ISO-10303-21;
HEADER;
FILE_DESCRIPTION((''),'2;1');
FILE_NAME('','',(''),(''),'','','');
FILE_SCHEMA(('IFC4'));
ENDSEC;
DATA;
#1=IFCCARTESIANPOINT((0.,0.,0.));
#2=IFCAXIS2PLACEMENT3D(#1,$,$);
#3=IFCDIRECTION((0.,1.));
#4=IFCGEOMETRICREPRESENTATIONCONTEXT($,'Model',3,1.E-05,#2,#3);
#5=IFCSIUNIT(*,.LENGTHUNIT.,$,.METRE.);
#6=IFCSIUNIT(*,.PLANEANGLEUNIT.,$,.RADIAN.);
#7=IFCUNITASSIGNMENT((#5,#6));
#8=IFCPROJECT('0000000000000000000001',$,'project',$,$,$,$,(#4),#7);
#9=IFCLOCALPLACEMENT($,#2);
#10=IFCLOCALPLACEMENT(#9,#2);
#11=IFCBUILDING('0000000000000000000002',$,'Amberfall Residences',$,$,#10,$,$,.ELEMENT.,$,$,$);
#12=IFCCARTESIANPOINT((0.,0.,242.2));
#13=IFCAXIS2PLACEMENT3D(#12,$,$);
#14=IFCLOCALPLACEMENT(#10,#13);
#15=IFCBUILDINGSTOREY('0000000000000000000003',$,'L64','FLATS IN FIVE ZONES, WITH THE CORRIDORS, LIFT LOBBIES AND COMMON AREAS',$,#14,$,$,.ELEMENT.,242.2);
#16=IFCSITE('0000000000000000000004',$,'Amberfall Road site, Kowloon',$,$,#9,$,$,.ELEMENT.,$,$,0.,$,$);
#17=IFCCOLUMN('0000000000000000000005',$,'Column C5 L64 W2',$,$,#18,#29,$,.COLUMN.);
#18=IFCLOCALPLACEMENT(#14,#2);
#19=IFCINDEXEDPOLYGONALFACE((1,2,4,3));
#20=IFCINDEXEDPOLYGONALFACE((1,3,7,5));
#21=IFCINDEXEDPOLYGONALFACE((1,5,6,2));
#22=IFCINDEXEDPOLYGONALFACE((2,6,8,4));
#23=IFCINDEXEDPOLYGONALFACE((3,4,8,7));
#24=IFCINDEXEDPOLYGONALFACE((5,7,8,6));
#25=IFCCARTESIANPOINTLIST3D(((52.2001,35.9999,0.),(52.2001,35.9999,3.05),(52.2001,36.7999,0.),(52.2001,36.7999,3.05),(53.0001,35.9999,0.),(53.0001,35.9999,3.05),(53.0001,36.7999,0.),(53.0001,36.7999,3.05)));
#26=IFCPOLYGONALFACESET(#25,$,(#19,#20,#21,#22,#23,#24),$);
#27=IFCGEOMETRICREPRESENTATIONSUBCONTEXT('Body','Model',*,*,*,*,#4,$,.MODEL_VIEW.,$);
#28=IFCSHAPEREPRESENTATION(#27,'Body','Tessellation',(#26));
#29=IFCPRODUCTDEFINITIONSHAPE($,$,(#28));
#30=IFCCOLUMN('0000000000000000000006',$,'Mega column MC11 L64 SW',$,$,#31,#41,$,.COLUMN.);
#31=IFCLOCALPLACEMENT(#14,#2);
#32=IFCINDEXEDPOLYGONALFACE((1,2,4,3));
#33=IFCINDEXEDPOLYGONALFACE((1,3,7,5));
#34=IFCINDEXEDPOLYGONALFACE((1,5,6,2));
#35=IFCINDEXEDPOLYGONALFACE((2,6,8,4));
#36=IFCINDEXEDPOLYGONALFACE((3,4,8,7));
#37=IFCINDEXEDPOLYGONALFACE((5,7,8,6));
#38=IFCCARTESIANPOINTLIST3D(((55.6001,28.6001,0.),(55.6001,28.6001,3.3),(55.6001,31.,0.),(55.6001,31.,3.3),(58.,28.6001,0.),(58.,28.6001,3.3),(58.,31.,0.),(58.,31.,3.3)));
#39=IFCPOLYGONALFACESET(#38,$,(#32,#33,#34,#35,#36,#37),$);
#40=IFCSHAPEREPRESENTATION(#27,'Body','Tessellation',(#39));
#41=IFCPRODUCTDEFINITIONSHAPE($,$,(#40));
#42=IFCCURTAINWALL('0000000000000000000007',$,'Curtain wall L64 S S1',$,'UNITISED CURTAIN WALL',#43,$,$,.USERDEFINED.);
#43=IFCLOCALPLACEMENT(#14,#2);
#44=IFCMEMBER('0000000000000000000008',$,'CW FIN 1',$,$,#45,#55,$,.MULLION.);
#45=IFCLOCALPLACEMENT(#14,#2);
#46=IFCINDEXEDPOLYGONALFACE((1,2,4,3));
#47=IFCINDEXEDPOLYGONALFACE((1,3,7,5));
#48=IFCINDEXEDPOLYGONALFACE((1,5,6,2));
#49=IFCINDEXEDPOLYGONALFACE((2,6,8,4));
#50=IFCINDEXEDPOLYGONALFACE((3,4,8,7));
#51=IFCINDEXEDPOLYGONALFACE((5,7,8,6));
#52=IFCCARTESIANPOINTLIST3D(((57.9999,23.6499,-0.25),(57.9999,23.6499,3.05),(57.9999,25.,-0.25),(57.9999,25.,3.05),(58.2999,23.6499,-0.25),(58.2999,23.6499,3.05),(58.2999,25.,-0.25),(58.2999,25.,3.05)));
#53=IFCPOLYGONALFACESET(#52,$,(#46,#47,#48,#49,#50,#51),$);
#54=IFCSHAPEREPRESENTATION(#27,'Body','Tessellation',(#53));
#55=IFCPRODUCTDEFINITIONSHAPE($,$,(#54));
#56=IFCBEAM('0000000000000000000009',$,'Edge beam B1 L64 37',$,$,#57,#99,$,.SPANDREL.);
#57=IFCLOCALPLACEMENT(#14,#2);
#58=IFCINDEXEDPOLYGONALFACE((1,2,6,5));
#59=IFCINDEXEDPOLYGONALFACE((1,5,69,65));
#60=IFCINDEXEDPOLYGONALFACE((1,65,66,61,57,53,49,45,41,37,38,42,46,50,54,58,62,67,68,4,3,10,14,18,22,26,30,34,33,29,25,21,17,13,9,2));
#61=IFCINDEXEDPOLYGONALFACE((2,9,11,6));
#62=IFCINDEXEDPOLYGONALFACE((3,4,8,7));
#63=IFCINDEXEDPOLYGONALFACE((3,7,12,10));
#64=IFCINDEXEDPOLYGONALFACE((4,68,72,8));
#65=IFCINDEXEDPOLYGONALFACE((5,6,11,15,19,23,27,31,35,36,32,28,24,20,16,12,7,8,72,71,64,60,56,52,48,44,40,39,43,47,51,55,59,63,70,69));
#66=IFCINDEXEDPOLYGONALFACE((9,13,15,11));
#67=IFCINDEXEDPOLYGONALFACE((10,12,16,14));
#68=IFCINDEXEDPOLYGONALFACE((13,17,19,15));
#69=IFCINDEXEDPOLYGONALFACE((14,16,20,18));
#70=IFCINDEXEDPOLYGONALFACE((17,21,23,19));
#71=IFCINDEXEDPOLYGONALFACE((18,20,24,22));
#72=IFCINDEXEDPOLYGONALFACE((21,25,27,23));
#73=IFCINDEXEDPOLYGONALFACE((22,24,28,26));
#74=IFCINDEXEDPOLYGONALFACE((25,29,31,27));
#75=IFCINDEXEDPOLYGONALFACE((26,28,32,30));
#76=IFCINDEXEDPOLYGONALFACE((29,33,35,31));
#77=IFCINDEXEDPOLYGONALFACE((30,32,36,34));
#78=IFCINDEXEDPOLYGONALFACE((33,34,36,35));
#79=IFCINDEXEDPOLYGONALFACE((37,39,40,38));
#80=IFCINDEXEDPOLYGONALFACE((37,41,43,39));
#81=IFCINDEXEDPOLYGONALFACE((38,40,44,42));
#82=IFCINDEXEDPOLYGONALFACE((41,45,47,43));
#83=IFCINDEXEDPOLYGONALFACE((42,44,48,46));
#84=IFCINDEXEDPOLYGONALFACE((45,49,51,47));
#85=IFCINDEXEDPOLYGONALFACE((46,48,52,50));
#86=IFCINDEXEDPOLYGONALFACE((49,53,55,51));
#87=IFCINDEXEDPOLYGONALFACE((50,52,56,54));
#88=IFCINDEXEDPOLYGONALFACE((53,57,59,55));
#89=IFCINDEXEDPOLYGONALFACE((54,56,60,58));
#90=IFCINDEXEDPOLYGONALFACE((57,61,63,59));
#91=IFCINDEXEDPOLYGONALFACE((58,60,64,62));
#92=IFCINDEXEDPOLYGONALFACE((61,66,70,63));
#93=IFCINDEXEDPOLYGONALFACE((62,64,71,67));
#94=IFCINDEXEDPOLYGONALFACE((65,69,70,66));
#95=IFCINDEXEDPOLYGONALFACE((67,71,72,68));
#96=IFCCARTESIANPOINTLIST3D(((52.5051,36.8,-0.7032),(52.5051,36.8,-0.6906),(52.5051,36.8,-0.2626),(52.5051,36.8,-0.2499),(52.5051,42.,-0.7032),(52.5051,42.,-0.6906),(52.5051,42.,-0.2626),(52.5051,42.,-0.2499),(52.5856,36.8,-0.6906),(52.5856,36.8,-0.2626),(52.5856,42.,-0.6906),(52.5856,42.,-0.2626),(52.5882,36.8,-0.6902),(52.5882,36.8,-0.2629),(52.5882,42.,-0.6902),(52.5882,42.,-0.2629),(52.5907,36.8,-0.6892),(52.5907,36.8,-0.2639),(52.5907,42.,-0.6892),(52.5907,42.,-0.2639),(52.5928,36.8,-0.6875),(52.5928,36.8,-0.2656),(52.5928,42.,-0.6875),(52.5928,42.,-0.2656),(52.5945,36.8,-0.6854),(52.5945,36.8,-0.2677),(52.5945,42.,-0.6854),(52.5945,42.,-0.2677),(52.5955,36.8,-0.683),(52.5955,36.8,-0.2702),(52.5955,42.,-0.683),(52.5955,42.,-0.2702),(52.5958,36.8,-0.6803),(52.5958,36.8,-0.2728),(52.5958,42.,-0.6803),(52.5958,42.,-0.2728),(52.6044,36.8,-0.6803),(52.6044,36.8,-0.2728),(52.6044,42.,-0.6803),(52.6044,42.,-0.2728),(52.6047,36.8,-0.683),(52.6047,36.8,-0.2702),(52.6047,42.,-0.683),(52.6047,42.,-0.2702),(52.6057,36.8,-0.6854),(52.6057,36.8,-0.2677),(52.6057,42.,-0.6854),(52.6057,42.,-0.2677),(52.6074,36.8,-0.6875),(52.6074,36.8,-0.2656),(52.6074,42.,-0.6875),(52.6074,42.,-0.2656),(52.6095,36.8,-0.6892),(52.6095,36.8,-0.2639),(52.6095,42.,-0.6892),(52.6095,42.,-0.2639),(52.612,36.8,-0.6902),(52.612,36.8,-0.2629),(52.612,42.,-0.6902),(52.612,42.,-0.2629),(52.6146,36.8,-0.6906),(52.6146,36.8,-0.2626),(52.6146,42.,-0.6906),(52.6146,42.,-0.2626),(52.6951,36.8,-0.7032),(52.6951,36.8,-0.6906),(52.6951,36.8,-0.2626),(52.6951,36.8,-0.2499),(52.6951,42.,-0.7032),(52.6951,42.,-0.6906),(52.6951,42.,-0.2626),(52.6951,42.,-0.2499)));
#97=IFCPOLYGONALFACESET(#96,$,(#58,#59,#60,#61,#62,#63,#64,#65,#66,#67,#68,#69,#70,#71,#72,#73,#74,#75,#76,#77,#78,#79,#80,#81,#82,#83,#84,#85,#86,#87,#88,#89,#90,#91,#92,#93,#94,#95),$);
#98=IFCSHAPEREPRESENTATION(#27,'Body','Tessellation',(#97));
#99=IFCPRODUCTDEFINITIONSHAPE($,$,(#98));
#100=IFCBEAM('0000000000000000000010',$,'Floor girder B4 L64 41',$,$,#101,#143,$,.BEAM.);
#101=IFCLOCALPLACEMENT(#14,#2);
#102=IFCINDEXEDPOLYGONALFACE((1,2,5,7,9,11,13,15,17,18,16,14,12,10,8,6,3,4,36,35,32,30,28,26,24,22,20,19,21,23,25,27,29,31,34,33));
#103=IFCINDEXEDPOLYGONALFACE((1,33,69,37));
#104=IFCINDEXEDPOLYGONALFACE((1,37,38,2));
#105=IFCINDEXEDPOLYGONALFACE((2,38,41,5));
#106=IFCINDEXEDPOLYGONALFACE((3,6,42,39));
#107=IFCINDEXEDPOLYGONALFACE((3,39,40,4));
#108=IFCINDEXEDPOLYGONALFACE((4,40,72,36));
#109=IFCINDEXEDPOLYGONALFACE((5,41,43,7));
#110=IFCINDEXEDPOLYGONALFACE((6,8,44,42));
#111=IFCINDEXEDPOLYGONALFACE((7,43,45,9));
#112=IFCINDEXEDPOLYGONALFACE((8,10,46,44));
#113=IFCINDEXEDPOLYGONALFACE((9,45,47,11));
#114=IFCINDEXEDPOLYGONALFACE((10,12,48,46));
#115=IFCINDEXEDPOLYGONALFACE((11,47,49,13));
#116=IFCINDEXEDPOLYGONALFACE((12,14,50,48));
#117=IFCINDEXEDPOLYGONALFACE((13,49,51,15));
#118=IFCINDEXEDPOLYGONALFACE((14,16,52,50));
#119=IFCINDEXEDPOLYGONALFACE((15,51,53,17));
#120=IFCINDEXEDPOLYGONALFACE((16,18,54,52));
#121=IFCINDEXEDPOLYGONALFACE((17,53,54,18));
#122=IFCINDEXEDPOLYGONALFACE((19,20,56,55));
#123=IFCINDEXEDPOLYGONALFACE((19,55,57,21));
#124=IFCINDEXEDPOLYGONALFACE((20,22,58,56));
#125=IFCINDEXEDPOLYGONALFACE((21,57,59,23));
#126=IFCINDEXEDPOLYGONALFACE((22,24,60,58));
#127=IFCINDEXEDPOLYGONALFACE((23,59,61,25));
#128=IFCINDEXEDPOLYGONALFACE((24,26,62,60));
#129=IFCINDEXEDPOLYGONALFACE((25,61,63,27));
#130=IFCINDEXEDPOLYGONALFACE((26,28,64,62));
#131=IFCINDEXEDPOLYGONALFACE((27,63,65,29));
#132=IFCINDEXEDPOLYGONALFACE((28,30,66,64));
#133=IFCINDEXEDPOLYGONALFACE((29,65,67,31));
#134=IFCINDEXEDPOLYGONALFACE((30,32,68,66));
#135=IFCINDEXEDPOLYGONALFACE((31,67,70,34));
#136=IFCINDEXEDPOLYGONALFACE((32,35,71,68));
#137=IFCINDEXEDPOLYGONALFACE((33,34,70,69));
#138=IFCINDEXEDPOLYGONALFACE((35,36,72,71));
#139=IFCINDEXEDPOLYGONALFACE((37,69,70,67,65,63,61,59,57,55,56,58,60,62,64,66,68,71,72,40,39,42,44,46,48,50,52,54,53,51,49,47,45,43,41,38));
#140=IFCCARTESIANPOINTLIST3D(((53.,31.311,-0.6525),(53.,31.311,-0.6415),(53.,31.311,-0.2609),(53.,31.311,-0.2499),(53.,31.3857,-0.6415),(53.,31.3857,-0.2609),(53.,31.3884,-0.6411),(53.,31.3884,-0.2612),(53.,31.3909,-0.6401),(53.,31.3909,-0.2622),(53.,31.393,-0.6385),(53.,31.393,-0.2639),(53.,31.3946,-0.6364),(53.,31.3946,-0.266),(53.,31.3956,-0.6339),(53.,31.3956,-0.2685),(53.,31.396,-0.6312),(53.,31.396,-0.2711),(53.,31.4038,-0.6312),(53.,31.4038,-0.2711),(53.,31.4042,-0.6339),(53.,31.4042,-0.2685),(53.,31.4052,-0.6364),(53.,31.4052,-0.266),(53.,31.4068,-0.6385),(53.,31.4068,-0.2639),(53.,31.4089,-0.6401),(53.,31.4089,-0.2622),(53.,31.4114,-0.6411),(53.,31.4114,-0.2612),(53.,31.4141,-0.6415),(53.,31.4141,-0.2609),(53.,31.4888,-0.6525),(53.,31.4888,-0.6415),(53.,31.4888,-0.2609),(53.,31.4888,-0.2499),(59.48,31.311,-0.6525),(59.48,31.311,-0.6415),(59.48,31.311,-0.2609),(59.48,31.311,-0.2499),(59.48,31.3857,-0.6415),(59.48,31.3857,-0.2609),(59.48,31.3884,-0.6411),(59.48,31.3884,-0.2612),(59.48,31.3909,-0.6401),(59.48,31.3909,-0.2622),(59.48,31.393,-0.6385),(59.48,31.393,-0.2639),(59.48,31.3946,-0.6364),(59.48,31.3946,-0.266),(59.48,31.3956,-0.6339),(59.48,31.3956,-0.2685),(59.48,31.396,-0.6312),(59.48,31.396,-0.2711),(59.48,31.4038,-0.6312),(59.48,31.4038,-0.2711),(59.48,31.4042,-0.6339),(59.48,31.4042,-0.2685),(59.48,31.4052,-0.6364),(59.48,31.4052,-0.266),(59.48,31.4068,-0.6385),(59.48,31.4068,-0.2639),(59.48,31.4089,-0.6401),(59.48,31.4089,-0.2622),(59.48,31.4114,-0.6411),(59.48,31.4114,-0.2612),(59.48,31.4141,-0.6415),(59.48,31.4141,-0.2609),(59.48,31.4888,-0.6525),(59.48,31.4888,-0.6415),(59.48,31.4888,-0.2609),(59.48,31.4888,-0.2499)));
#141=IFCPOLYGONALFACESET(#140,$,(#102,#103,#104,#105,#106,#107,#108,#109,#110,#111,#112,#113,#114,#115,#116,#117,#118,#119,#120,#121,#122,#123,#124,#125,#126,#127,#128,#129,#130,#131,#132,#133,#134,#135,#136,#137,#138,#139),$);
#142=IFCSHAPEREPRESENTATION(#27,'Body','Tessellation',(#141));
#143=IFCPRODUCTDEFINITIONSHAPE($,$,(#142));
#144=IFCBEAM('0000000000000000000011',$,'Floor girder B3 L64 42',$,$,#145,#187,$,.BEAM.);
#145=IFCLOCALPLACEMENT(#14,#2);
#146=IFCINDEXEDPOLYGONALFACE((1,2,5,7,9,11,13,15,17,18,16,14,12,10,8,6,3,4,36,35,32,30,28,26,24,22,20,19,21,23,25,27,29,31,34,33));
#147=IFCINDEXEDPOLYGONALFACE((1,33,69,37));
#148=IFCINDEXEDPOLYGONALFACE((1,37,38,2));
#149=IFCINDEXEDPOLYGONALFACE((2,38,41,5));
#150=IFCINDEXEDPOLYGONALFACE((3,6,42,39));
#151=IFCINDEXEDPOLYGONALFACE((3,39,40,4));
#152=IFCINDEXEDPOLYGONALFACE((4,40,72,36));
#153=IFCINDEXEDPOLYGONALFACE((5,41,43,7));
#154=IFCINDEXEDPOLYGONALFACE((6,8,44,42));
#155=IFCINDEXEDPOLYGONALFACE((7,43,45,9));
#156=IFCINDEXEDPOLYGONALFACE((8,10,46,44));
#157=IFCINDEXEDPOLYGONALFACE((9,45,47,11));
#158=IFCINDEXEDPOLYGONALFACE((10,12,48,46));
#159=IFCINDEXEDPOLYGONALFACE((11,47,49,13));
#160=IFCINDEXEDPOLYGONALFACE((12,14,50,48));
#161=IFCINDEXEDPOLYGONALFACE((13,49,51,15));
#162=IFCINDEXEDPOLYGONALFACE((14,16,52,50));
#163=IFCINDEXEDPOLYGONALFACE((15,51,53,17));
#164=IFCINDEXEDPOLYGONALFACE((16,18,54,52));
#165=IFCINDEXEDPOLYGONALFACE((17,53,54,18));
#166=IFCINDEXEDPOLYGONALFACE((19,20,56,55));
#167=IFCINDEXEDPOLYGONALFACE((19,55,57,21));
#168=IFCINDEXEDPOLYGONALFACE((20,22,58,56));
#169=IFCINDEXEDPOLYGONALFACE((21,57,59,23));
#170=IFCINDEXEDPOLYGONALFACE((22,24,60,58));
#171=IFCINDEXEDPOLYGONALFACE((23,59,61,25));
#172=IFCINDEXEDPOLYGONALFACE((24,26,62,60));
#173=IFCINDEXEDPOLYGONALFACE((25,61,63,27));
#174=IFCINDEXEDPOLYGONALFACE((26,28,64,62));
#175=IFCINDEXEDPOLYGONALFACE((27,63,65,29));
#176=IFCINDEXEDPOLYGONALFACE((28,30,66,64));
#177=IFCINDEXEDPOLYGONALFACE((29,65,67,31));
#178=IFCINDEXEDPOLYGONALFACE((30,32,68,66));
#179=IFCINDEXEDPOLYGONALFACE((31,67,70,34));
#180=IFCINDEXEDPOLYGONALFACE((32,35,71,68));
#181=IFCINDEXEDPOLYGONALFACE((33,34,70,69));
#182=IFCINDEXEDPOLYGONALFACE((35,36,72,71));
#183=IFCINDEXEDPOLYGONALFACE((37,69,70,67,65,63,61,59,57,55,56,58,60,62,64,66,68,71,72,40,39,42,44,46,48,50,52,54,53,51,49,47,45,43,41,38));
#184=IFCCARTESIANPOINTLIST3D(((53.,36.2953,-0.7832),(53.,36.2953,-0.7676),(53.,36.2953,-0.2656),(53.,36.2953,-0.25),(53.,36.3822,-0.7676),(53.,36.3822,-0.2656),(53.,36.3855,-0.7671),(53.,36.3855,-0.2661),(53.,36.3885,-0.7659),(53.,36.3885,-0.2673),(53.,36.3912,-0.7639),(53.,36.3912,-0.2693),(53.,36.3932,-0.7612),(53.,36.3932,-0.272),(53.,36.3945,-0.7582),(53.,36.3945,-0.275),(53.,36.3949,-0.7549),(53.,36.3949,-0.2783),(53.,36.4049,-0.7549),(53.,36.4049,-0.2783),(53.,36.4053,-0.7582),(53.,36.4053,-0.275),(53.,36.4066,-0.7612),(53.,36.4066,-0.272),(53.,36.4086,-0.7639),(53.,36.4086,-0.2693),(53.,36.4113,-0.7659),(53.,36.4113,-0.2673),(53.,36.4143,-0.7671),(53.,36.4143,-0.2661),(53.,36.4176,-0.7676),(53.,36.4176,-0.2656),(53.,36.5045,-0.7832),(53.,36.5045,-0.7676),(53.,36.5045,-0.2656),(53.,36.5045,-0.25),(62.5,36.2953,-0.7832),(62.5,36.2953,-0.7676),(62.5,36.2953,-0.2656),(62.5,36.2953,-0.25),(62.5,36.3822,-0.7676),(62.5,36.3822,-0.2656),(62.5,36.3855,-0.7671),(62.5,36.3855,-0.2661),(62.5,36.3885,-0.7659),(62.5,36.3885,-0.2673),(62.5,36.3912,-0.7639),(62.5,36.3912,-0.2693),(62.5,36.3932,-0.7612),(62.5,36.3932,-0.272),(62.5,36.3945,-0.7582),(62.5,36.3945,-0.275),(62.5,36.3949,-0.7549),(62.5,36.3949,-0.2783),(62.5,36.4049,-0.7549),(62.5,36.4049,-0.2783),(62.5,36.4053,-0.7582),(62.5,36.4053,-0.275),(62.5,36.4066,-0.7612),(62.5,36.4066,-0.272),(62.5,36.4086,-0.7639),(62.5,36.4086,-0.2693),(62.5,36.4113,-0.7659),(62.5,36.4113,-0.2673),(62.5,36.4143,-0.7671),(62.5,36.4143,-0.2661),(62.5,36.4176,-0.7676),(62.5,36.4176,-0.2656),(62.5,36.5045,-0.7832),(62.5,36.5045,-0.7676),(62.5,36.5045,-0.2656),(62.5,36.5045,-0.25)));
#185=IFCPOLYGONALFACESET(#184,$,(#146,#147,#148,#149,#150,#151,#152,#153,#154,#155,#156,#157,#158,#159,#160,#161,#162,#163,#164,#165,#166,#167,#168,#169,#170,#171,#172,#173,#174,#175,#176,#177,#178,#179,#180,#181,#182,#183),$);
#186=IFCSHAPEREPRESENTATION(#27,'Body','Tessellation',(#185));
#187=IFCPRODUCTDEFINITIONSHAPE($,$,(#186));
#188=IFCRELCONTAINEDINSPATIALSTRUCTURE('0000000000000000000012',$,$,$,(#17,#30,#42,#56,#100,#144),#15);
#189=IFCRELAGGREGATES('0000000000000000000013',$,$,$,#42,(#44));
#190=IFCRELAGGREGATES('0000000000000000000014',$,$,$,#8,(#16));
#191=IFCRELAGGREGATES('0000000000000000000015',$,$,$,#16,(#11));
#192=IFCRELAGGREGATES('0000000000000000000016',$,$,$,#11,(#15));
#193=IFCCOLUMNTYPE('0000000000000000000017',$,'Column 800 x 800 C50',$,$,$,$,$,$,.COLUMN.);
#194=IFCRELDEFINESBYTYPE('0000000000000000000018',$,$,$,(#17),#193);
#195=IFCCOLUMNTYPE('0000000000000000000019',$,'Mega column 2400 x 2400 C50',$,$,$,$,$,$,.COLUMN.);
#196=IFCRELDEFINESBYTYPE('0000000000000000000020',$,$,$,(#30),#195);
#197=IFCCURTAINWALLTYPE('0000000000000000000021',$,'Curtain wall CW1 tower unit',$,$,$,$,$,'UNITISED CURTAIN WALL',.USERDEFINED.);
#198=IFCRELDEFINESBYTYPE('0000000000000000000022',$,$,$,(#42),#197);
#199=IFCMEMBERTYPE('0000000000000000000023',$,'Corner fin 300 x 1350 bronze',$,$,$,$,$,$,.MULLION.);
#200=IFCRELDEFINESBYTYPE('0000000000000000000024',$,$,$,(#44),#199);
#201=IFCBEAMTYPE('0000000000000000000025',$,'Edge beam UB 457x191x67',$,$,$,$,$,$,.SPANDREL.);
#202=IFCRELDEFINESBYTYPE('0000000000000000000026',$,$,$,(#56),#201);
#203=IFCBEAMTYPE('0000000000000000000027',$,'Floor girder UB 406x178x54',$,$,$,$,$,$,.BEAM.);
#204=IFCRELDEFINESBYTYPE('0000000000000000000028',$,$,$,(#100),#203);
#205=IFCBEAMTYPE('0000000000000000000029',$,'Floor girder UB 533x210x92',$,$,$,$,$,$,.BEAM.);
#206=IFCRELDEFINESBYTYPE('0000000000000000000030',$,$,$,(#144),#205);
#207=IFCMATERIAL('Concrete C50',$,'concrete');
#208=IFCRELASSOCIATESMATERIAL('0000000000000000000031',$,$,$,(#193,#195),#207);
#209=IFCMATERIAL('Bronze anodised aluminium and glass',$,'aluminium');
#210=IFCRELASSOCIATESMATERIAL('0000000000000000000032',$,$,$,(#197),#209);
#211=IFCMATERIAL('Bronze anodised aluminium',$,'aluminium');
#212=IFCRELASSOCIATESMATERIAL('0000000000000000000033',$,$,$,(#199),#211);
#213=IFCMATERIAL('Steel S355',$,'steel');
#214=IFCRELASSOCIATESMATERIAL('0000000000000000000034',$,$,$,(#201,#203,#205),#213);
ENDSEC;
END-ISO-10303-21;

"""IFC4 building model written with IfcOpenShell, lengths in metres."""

from ifc_helpers import new_model, si_unit, direction, frame, origin, origin_2d, place, context, subcontext, project, spatial, rectangle, i_section, extrude, material, material_profile, profile_set, type_object, element, aggregate, save


model = new_model("IFC4")

# Units and contexts
model_context = context("Model", 3, precision=1e-05, world=origin(), true_north=direction((0.0, 1.0)))
body_context = subcontext(model_context, "Body", "Model", "MODEL_VIEW")
ifc_project = project(units=[si_unit("LENGTHUNIT", "METRE"), si_unit("PLANEANGLEUNIT", "RADIAN")], contexts=[model_context])

# Site, building, storey
site_placement = place(None, origin())
site = spatial("IfcSite", under=ifc_project, at=site_placement, Name="Amberfall Road site, Kowloon", CompositionType="ELEMENT", RefElevation=0.0)
building_placement = place(site_placement, origin())
building = spatial("IfcBuilding", under=site, at=building_placement, Name="Amberfall Residences", CompositionType="ELEMENT")
storey_placement = place(building_placement, frame((0.0, 0.0, 242.2)))
storey = spatial("IfcBuildingStorey", under=building, at=storey_placement, Name="L64", Description="FLATS IN FIVE ZONES, WITH THE CORRIDORS, LIFT LOBBIES AND COMMON AREAS", CompositionType="ELEMENT", Elevation=242.2)

# Columns
ifc_material_1 = material(Name="Concrete C50", Category="concrete")
ifc_material_profile_1 = material_profile(ifc_material_1, rectangle(XDim=0.8, YDim=0.8, at=origin_2d()), Name="Column 800 x 800 C50")
ifc_profile_set_1 = profile_set([ifc_material_profile_1], Name="Concrete C50")
column_type_1 = type_object("IfcColumnType", Name="Column 800 x 800 C50", PredefinedType="COLUMN", material=ifc_profile_set_1)
column_1_placement = place(storey_placement, frame((52.6001, 36.3999, 0.0), z_axis=(0.0, 0.0, 1.0), x_axis=(1.0, 0.0, 0.0)))
element("IfcColumn", 1, at=column_1_placement, inside=storey, type_object=column_type_1, Name="Column C5 L64 W2", PredefinedType="COLUMN", context=body_context, shape_type="SweptSolid", body=[
    extrude(rectangle(XDim=0.8, YDim=0.8, at=origin_2d()), origin(), (0.0, 0.0, 1.0), 3.05),
])
ifc_material_profile_2 = material_profile(ifc_material_1, rectangle(XDim=2.3999, YDim=2.3999, at=origin_2d()), Name="Mega column 2400 x 2400 C50")
ifc_profile_set_2 = profile_set([ifc_material_profile_2], Name="Concrete C50")
column_type_2 = type_object("IfcColumnType", Name="Mega column 2400 x 2400 C50", PredefinedType="COLUMN", material=ifc_profile_set_2)
column_2_placement = place(storey_placement, frame((56.8, 29.8, 0.0), z_axis=(0.0, 0.0, 1.0), x_axis=(1.0, 0.0, 0.0)))
element("IfcColumn", 2, at=column_2_placement, inside=storey, type_object=column_type_2, Name="Mega column MC11 L64 SW", PredefinedType="COLUMN", context=body_context, shape_type="SweptSolid", body=[
    extrude(rectangle(XDim=2.3999, YDim=2.3999, at=origin_2d()), origin(), (0.0, 0.0, 1.0), 3.3),
])

# Curtain wall, member
ifc_material_2 = material(Name="Bronze anodised aluminium and glass", Category="aluminium")
curtain_wall_type = type_object("IfcCurtainWallType", Name="Curtain wall CW1 tower unit", ElementType="UNITISED CURTAIN WALL", PredefinedType="USERDEFINED", material=ifc_material_2)
curtain_wall_placement = place(storey_placement, origin())
curtain_wall = element("IfcCurtainWall", 3, at=curtain_wall_placement, inside=storey, type_object=curtain_wall_type, Name="Curtain wall L64 S S1", ObjectType="UNITISED CURTAIN WALL", PredefinedType="USERDEFINED")
ifc_material_3 = material(Name="Bronze anodised aluminium", Category="aluminium")
ifc_material_profile_3 = material_profile(ifc_material_3, rectangle(XDim=1.3501, YDim=0.3, at=origin_2d()), Name="Corner fin 300 x 1350 bronze")
ifc_profile_set_3 = profile_set([ifc_material_profile_3], Name="Bronze anodised aluminium")
member_type = type_object("IfcMemberType", Name="Corner fin 300 x 1350 bronze", PredefinedType="MULLION", material=ifc_profile_set_3)
member_placement = place(storey_placement, frame((58.1499, 24.325, -0.25), z_axis=(0.0, 0.0, 1.0), x_axis=(0.0, 1.0, 0.0)))
member = element("IfcMember", 4, at=member_placement, type_object=member_type, Name="CW FIN 1", PredefinedType="MULLION", context=body_context, shape_type="SweptSolid", body=[
    extrude(rectangle(XDim=1.3501, YDim=0.3, at=origin_2d()), origin(), (0.0, 0.0, 1.0), 3.3),
])
aggregate(curtain_wall, [member])

# Beams
ifc_material_4 = material(Name="Steel S355", Category="steel")
ifc_material_profile_4 = material_profile(ifc_material_4, i_section(OverallWidth=0.1899, OverallDepth=0.4534, WebThickness=0.0085, FlangeThickness=0.0127, FilletRadius=0.0103, at=origin_2d()), Name="UB 457x191x67")
ifc_profile_set_4 = profile_set([ifc_material_profile_4], Name="Steel S355")
beam_type_1 = type_object("IfcBeamType", Name="Edge beam UB 457x191x67", PredefinedType="SPANDREL", material=ifc_profile_set_4)
beam_1_placement = place(storey_placement, frame((52.6001, 36.8, -0.4766), z_axis=(0.0, 1.0, 0.0), x_axis=(-1.0, 0.0, 0.0)))
element("IfcBeam", 5, at=beam_1_placement, inside=storey, type_object=beam_type_1, Name="Edge beam B1 L64 37", PredefinedType="SPANDREL", context=body_context, shape_type="SweptSolid", body=[
    extrude(i_section(OverallWidth=0.1899, OverallDepth=0.4534, WebThickness=0.0085, FlangeThickness=0.0127, FilletRadius=0.0103, at=origin_2d()), origin(), (0.0, 0.0, 1.0), 5.2),
])
ifc_material_profile_5 = material_profile(ifc_material_4, i_section(OverallWidth=0.1777, OverallDepth=0.4026, WebThickness=0.0078, FlangeThickness=0.011, FilletRadius=0.0103, at=origin_2d()), Name="UB 406x178x54")
ifc_profile_set_5 = profile_set([ifc_material_profile_5], Name="Steel S355")
beam_type_2 = type_object("IfcBeamType", Name="Floor girder UB 406x178x54", PredefinedType="BEAM", material=ifc_profile_set_5)
beam_2_placement = place(storey_placement, frame((53.0, 31.3999, -0.4512), z_axis=(1.0, 0.0, 0.0), x_axis=(0.0, 1.0, 0.0)))
element("IfcBeam", 6, at=beam_2_placement, inside=storey, type_object=beam_type_2, Name="Floor girder B4 L64 41", PredefinedType="BEAM", context=body_context, shape_type="SweptSolid", body=[
    extrude(i_section(OverallWidth=0.1777, OverallDepth=0.4026, WebThickness=0.0078, FlangeThickness=0.011, FilletRadius=0.0103, at=origin_2d()), origin(), (0.0, 0.0, 1.0), 6.48),
])
ifc_material_profile_6 = material_profile(ifc_material_4, i_section(OverallWidth=0.2092, OverallDepth=0.5332, WebThickness=0.01, FlangeThickness=0.0156, FilletRadius=0.0127, at=origin_2d()), Name="UB 533x210x92")
ifc_profile_set_6 = profile_set([ifc_material_profile_6], Name="Steel S355")
beam_type_3 = type_object("IfcBeamType", Name="Floor girder UB 533x210x92", PredefinedType="BEAM", material=ifc_profile_set_6)
beam_3_placement = place(storey_placement, frame((53.0, 36.3999, -0.5166), z_axis=(1.0, 0.0, 0.0), x_axis=(0.0, 1.0, 0.0)))
element("IfcBeam", 7, at=beam_3_placement, inside=storey, type_object=beam_type_3, Name="Floor girder B3 L64 42", PredefinedType="BEAM", context=body_context, shape_type="SweptSolid", body=[
    extrude(i_section(OverallWidth=0.2092, OverallDepth=0.5332, WebThickness=0.01, FlangeThickness=0.0156, FilletRadius=0.0127, at=origin_2d()), origin(), (0.0, 0.0, 1.0), 9.5),
])

save(model, "model.ifc")
